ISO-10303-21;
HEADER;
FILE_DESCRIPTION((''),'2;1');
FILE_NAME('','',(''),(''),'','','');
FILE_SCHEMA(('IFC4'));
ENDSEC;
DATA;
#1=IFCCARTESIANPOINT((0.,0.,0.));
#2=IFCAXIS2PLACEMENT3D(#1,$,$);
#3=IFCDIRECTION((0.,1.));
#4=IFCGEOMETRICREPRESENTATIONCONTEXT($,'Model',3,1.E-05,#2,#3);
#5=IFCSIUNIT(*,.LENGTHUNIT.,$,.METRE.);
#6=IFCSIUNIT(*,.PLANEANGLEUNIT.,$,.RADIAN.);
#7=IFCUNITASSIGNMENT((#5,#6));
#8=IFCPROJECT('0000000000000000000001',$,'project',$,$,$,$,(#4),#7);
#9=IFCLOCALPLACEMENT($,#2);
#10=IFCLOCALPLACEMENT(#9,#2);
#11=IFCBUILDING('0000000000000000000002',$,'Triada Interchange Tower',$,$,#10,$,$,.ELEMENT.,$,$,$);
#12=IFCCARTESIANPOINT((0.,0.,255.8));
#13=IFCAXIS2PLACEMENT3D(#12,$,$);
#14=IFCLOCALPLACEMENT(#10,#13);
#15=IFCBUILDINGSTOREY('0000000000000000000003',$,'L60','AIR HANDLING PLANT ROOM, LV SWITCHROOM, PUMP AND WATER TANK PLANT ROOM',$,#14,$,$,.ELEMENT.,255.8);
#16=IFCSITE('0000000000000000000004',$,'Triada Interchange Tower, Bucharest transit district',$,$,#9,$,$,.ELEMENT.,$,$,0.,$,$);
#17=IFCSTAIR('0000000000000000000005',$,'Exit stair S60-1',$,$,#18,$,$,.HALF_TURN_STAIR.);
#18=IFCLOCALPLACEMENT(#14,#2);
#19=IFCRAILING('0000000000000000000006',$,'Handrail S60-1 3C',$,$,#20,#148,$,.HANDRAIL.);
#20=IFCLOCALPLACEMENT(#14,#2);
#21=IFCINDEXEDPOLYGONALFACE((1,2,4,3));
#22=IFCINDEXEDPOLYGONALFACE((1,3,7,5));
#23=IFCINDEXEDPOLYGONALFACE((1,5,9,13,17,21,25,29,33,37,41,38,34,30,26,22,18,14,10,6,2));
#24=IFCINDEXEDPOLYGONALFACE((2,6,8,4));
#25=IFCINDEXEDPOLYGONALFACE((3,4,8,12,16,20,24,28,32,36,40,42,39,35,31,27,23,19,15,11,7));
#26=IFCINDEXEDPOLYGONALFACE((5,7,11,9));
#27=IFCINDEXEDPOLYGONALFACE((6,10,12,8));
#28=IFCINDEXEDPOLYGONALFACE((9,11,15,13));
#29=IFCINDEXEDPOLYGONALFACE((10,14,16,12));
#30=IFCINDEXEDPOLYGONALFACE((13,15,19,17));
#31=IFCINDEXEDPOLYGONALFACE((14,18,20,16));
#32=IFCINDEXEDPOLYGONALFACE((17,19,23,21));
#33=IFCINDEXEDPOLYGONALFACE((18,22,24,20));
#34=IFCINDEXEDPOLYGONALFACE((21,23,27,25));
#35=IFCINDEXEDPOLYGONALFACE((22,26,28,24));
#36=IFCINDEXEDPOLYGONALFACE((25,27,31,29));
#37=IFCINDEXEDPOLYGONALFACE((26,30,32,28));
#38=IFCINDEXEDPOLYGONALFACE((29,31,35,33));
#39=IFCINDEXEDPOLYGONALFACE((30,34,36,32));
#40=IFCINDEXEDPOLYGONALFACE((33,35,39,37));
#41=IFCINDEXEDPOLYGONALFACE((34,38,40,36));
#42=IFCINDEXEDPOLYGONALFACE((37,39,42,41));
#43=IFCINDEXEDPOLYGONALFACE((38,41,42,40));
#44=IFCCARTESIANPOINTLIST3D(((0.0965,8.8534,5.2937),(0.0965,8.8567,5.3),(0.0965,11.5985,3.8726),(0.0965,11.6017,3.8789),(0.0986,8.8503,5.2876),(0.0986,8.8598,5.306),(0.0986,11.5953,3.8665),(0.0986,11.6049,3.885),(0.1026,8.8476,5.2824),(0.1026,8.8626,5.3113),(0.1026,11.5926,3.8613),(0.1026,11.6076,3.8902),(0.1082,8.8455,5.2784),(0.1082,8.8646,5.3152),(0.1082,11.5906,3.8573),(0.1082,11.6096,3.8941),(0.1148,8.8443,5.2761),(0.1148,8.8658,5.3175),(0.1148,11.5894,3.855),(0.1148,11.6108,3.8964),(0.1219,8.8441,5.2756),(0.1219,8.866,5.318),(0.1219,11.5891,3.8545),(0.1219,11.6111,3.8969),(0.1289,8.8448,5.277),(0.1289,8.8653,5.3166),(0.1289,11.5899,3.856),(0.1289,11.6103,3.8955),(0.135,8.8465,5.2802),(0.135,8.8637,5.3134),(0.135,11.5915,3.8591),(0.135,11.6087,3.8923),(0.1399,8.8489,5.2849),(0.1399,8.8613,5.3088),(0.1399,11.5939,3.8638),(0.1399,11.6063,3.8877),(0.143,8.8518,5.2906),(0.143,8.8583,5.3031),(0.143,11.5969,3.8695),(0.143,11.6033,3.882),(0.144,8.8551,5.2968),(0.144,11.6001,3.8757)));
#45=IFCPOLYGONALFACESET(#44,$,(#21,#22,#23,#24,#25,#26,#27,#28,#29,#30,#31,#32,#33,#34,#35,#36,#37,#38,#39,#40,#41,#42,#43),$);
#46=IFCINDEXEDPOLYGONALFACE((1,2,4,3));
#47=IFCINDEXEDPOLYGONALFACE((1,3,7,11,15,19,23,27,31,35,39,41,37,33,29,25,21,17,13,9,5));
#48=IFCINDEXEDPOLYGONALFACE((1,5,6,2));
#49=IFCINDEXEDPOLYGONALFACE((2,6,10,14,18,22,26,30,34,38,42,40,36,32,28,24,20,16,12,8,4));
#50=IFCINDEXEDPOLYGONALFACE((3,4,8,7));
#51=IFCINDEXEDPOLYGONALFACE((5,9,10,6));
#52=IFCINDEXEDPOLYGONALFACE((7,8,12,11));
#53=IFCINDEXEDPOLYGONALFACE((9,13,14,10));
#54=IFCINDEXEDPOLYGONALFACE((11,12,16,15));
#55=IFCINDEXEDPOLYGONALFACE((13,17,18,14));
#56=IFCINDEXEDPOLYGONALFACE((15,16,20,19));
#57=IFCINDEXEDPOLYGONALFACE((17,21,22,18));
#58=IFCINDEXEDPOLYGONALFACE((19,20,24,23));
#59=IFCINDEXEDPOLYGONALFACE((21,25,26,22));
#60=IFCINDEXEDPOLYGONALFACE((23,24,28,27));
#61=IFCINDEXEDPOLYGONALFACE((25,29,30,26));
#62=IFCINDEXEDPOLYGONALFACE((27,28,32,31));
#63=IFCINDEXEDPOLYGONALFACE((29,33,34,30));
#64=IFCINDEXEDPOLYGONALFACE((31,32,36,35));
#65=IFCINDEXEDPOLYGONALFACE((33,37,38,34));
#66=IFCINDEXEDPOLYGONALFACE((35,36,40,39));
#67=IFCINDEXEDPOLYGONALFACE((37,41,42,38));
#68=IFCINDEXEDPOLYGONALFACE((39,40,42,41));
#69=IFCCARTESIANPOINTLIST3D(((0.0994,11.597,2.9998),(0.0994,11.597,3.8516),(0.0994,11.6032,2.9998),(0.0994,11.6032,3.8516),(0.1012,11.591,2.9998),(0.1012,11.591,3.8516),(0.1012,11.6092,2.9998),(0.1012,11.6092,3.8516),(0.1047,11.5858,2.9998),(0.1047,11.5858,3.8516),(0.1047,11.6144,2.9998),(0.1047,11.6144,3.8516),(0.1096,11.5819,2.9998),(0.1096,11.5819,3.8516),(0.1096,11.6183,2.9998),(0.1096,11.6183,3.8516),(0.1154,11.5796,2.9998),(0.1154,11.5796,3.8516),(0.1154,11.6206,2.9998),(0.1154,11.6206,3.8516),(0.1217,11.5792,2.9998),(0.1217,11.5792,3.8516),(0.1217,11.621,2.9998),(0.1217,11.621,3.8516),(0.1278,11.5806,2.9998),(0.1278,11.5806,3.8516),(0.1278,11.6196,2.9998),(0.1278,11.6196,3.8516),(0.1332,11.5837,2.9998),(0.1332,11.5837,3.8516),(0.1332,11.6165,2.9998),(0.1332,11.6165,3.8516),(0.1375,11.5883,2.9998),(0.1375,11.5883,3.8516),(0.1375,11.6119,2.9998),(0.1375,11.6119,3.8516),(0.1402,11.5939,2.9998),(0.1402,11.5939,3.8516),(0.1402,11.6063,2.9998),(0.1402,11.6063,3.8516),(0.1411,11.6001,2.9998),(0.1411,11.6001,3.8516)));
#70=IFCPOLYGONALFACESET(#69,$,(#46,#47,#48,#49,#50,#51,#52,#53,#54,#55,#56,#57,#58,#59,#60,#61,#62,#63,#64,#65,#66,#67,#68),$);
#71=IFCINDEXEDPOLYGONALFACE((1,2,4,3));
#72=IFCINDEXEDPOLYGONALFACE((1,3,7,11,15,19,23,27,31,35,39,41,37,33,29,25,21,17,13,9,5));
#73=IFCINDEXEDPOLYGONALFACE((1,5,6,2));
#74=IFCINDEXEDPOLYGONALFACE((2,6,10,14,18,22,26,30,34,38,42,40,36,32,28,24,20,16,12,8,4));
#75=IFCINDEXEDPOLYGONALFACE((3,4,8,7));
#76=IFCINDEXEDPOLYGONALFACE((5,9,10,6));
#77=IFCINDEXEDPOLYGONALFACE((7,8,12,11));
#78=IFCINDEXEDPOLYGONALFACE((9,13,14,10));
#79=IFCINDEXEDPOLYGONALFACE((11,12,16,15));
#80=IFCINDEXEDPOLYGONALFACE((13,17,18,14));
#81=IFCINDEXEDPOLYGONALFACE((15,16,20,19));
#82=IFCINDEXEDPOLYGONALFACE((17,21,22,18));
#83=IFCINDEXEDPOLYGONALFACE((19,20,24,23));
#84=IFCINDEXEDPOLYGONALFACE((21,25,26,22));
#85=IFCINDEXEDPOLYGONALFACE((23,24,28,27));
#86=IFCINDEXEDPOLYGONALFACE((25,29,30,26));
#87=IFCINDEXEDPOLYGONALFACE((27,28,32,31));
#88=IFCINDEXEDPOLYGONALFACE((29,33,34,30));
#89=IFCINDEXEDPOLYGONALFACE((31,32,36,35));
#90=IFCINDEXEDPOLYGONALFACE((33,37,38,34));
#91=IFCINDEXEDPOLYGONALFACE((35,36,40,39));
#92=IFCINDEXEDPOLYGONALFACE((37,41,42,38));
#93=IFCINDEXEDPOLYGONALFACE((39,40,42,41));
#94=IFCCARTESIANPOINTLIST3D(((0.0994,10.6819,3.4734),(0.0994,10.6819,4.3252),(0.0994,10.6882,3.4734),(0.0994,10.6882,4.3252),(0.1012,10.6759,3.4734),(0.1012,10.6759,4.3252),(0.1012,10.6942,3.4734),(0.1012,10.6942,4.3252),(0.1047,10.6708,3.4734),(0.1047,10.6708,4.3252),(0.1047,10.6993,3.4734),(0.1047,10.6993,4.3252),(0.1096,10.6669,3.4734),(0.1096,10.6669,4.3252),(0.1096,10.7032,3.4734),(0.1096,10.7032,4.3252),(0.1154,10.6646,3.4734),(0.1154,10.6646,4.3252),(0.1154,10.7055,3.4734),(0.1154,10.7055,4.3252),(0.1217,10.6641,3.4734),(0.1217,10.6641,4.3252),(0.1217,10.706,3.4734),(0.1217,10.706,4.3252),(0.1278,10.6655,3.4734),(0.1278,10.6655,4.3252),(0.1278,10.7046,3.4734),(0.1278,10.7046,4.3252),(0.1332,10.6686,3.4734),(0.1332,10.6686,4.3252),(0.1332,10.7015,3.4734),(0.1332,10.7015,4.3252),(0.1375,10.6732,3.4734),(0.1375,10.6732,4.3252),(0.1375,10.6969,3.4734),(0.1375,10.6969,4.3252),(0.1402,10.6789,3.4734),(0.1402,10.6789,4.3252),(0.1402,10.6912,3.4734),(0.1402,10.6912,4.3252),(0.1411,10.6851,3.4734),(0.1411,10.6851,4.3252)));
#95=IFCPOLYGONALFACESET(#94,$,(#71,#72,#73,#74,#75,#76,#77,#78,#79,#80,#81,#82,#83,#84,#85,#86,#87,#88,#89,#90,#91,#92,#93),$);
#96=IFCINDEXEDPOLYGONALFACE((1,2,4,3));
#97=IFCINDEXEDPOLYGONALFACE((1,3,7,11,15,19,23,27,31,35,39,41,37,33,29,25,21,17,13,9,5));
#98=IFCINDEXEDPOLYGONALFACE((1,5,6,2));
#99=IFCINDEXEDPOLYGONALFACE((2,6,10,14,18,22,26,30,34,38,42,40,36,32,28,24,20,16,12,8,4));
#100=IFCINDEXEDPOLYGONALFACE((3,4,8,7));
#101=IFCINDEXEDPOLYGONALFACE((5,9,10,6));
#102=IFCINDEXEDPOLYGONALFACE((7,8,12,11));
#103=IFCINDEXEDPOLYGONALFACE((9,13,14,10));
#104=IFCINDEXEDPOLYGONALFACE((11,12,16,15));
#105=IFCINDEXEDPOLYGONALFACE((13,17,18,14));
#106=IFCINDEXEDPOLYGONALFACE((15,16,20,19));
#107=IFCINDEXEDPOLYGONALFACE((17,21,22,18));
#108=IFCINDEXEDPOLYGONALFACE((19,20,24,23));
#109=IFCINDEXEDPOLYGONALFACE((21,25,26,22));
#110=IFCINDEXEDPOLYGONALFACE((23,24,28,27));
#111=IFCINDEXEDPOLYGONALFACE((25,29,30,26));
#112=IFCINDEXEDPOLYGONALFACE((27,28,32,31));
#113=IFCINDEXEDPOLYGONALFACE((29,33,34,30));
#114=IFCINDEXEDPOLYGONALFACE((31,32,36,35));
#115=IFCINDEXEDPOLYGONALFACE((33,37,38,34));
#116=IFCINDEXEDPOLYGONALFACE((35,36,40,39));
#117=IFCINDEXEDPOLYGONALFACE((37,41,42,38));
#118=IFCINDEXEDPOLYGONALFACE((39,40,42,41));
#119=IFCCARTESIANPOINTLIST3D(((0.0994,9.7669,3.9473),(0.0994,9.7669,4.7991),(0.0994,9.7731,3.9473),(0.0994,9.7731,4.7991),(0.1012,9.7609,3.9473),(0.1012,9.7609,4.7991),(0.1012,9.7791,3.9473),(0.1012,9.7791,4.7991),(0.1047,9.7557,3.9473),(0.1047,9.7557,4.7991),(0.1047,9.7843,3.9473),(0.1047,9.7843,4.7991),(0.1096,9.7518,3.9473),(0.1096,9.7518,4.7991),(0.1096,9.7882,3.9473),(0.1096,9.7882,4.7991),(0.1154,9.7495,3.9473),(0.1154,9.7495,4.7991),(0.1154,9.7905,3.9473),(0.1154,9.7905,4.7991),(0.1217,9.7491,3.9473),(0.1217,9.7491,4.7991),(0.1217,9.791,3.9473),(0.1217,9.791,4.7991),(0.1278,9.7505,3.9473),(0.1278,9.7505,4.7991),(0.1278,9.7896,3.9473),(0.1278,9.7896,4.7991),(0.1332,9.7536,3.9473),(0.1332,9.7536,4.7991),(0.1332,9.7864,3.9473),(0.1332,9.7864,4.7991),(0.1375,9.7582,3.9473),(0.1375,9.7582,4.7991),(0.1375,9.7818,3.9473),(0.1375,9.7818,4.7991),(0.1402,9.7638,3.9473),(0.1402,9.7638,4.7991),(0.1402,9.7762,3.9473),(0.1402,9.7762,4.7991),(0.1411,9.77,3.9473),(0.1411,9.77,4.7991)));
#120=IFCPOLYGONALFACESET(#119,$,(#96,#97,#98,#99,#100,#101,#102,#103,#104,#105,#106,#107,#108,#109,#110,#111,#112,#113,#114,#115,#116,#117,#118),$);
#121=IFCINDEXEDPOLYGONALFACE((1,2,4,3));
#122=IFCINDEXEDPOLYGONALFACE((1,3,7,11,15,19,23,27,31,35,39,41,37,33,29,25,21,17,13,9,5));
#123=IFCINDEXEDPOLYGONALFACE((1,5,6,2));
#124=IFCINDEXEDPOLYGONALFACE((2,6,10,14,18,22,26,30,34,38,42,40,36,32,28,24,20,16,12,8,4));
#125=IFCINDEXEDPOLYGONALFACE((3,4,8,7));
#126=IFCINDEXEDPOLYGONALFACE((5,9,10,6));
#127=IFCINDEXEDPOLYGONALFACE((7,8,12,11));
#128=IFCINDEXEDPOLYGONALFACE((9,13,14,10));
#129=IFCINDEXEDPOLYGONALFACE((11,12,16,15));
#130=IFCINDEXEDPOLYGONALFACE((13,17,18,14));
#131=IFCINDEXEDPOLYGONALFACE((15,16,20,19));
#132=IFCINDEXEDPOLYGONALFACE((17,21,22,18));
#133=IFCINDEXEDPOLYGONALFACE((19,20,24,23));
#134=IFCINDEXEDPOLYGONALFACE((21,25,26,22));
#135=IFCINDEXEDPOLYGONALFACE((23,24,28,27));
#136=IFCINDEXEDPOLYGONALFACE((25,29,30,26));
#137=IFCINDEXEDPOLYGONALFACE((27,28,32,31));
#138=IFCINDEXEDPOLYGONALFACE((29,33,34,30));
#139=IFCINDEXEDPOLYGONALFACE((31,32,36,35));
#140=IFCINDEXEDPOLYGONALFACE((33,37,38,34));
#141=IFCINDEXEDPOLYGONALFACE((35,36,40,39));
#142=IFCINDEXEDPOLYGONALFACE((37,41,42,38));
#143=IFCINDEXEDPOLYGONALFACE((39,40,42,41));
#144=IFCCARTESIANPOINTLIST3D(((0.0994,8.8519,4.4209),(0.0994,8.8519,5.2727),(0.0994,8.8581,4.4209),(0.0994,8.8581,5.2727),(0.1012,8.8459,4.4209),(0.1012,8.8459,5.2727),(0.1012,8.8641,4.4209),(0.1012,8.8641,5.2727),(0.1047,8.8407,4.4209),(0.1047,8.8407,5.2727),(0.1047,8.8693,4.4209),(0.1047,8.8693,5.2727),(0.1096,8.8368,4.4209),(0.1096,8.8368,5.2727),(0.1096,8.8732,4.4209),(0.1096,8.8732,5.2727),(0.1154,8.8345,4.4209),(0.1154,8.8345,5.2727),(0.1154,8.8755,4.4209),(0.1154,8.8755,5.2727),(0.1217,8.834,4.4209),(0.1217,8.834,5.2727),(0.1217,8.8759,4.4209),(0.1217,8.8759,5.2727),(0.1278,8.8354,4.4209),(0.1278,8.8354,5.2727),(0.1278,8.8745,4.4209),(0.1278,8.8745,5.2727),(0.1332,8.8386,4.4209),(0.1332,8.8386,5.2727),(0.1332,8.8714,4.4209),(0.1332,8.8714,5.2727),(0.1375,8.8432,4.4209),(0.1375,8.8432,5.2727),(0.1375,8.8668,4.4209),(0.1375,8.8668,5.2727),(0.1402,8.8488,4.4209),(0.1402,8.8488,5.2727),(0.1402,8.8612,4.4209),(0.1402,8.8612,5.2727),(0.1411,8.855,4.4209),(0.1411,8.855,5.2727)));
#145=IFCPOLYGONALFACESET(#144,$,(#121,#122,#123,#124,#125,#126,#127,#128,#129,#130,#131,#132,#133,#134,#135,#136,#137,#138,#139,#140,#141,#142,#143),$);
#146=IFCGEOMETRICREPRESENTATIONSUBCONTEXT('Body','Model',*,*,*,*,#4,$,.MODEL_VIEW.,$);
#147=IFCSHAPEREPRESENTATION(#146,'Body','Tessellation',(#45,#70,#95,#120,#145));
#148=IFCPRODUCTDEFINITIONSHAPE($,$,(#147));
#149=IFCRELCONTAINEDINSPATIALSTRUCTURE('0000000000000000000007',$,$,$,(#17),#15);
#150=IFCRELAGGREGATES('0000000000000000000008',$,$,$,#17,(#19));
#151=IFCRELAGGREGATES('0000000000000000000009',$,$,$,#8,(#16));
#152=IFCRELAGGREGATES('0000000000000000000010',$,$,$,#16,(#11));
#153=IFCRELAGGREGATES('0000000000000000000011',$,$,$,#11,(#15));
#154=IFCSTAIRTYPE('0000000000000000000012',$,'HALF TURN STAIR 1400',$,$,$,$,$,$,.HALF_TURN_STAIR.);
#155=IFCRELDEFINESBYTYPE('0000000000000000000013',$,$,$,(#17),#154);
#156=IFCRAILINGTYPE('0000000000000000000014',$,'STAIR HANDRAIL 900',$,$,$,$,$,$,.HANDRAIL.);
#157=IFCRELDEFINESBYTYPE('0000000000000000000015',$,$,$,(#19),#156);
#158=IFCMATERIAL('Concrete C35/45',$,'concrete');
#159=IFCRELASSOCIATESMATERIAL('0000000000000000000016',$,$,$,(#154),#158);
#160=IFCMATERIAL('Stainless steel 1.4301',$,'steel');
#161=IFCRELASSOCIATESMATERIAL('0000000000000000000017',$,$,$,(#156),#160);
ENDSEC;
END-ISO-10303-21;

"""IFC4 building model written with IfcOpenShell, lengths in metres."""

from ifc_helpers import new_model, si_unit, direction, frame, origin, origin_2d, place, context, subcontext, project, spatial, circle, extrude, material, type_object, element, aggregate, save


model = new_model("IFC4")

# Units and contexts
model_context = context("Model", 3, precision=1e-05, world=origin(), true_north=direction((0.0, 1.0)))
body_context = subcontext(model_context, "Body", "Model", "MODEL_VIEW")
ifc_project = project(units=[si_unit("LENGTHUNIT", "METRE"), si_unit("PLANEANGLEUNIT", "RADIAN")], contexts=[model_context])

# Site, building, storey
site_placement = place(None, origin())
site = spatial("IfcSite", under=ifc_project, at=site_placement, Name="Triada Interchange Tower, Bucharest transit district", CompositionType="ELEMENT", RefElevation=0.0)
building_placement = place(site_placement, origin())
building = spatial("IfcBuilding", under=site, at=building_placement, Name="Triada Interchange Tower", CompositionType="ELEMENT")
storey_placement = place(building_placement, frame((0.0, 0.0, 255.8)))
storey = spatial("IfcBuildingStorey", under=building, at=storey_placement, Name="L60", Description="AIR HANDLING PLANT ROOM, LV SWITCHROOM, PUMP AND WATER TANK PLANT ROOM", CompositionType="ELEMENT", Elevation=255.8)

# Shared definitions
ifc_material_1 = material(Name="Concrete C35/45", Category="concrete")

# Stair, railing
stair_type = type_object("IfcStairType", Name="HALF TURN STAIR 1400", PredefinedType="HALF_TURN_STAIR", material=ifc_material_1)
stair_placement = place(storey_placement, origin())
stair = element("IfcStair", 1, at=stair_placement, inside=storey, type_object=stair_type, Name="Exit stair S60-1", PredefinedType="HALF_TURN_STAIR")
ifc_material_2 = material(Name="Stainless steel 1.4301", Category="steel")
railing_type_1 = type_object("IfcRailingType", Name="STAIR HANDRAIL 900", PredefinedType="HANDRAIL", material=ifc_material_2)
railing_1_placement = place(storey_placement, frame((0.1201, 11.6001, 2.9998)))
railing_1 = element("IfcRailing", 2, at=railing_1_placement, type_object=railing_type_1, Name="Handrail S60-1 3C", PredefinedType="HANDRAIL", context=body_context, shape_type="SweptSolid", body=[
    extrude(circle(Radius=0.0239, at=origin_2d()), frame((0.0, 0.0, 0.876), z_axis=(0.0, -0.888052, 0.459743), x_axis=(1.0, 0.0, 0.0)), (0.0, 0.0, 1.0), 3.0911),
    extrude(circle(Radius=0.021, at=origin_2d()), origin(), (0.0, 0.0, 1.0), 0.8518),
    extrude(circle(Radius=0.021, at=origin_2d()), frame((0.0, -0.915, 0.4736)), (0.0, 0.0, 1.0), 0.8518),
    extrude(circle(Radius=0.021, at=origin_2d()), frame((0.0, -1.8301, 0.9475)), (0.0, 0.0, 1.0), 0.8518),
    extrude(circle(Radius=0.021, at=origin_2d()), frame((0.0, -2.7451, 1.4211)), (0.0, 0.0, 1.0), 0.8518),
])
aggregate(stair, [railing_1])

save(model, "model.ifc")
